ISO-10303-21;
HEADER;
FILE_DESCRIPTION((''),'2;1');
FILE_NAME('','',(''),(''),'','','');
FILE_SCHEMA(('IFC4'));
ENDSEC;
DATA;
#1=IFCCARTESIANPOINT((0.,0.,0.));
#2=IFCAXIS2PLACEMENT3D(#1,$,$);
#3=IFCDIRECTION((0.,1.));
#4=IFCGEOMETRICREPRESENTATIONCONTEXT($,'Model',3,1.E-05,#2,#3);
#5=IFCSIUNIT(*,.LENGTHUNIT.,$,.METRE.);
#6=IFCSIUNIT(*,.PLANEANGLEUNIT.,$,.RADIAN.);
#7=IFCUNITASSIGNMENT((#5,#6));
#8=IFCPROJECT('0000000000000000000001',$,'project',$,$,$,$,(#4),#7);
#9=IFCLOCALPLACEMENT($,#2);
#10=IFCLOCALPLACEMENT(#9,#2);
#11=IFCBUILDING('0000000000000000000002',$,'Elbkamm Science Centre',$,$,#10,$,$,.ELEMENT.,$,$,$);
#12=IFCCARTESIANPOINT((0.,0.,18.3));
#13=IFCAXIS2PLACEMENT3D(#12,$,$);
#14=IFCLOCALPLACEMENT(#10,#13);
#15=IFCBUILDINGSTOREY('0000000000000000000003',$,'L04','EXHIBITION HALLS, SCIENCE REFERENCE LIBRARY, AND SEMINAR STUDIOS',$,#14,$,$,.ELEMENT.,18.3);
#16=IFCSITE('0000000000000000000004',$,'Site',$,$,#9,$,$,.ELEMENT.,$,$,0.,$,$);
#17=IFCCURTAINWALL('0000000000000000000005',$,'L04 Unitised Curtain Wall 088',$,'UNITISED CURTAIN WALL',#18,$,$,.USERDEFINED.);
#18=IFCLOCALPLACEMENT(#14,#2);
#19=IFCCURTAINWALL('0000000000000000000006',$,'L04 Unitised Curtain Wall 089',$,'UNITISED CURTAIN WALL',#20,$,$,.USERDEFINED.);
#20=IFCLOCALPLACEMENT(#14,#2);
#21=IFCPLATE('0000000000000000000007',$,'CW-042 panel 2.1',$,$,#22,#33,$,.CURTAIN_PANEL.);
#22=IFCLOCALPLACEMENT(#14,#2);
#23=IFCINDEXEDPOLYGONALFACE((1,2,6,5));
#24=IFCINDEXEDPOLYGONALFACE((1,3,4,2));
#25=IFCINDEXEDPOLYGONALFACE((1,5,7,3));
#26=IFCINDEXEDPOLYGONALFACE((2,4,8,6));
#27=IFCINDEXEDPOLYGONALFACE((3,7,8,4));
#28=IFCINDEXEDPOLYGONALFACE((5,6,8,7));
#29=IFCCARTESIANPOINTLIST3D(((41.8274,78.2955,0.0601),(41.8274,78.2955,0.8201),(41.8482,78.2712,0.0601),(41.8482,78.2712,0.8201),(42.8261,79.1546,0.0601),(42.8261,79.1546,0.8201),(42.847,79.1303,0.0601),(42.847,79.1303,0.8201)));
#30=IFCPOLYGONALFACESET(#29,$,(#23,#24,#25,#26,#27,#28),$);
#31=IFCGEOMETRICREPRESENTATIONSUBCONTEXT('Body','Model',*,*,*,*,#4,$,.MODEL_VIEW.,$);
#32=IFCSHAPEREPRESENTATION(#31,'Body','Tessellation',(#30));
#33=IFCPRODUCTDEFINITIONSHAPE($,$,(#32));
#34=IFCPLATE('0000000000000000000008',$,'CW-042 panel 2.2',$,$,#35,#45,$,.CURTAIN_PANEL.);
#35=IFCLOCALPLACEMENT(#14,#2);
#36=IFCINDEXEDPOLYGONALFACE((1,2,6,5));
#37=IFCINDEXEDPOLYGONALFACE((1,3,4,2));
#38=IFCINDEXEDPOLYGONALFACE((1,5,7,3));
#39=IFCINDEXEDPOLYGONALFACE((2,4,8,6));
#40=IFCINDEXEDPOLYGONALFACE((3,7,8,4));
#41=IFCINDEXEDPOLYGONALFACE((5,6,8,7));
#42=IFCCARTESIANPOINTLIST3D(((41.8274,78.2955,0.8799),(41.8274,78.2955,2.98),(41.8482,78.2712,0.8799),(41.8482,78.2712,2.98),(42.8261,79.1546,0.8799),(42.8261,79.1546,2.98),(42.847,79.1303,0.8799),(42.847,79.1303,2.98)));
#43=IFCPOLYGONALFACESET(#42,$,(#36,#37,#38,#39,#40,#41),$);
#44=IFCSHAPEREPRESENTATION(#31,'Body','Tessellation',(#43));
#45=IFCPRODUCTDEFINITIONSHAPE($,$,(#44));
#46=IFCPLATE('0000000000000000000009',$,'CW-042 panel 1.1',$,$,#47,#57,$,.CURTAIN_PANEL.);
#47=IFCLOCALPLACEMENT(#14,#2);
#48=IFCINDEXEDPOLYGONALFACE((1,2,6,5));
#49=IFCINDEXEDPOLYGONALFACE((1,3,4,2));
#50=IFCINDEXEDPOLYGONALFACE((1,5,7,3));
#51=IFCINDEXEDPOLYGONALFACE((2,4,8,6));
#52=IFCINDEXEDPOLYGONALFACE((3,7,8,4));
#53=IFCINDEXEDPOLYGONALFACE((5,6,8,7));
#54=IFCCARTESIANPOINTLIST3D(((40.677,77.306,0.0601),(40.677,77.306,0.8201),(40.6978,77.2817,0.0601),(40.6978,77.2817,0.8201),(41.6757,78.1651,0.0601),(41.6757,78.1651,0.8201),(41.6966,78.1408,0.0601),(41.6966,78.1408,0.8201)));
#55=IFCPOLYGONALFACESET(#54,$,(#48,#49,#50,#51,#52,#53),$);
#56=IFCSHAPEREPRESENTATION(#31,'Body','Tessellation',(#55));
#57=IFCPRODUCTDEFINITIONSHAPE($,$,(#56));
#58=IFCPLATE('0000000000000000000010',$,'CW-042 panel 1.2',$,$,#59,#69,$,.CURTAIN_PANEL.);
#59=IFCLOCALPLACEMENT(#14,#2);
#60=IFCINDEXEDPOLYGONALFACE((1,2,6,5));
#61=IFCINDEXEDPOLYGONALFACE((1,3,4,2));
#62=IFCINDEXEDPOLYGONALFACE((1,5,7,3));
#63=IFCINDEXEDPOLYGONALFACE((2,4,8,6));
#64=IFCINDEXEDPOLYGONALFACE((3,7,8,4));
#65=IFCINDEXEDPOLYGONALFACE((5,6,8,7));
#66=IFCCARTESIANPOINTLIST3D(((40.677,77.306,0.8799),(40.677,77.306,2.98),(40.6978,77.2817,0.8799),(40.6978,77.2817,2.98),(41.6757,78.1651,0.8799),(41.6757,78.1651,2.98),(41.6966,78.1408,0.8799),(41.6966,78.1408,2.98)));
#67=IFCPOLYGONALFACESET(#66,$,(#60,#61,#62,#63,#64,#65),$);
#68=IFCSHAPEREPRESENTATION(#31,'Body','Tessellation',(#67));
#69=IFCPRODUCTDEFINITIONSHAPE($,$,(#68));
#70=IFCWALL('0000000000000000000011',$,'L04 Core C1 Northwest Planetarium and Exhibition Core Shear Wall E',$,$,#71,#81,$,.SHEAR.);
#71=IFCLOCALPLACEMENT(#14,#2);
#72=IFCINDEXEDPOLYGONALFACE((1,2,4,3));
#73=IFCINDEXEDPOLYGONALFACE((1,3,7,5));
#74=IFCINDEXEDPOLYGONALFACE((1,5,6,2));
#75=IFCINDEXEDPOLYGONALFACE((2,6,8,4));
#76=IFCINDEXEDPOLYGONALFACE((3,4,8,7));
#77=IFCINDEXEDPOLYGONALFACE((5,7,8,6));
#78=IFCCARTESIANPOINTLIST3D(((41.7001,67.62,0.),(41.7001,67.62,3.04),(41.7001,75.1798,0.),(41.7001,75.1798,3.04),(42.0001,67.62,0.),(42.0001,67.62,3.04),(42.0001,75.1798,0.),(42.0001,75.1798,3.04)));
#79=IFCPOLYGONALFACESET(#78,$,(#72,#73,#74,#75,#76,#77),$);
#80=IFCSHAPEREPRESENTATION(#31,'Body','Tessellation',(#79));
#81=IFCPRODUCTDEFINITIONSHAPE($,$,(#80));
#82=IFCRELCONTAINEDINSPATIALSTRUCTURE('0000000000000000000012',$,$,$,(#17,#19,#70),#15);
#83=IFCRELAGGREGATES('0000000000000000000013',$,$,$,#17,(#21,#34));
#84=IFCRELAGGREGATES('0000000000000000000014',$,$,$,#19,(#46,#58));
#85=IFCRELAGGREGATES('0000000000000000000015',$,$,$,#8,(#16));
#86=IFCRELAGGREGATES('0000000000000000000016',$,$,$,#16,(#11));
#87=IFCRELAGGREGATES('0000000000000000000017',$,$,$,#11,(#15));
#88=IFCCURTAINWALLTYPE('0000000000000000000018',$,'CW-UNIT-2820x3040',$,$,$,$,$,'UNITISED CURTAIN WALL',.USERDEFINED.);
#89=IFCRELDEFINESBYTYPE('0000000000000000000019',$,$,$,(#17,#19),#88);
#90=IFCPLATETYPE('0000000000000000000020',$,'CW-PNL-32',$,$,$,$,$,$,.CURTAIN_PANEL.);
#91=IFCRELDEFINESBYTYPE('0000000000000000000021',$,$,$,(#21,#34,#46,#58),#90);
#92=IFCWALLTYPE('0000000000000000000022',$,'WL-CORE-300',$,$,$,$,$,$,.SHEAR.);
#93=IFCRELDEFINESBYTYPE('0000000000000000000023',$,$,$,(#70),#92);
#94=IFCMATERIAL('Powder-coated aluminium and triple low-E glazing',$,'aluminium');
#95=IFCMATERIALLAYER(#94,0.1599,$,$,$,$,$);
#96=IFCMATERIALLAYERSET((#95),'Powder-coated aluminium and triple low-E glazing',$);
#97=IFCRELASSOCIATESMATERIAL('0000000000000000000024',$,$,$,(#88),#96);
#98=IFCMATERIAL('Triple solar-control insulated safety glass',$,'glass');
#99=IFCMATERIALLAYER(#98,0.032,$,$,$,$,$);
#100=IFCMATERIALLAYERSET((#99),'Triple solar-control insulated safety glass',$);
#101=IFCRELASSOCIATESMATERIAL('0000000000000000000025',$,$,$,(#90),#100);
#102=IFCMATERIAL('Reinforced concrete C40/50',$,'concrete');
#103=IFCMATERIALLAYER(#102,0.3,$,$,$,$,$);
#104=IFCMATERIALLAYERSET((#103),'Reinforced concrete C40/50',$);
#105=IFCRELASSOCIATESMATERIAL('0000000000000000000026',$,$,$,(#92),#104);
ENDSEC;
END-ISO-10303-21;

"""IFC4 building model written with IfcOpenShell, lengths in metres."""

from ifc_helpers import new_model, si_unit, direction, frame, frame_2d, origin, origin_2d, place, context, subcontext, project, spatial, rectangle, extrude, material, layer, layer_set, type_object, element, aggregate, save


model = new_model("IFC4")

# Units and contexts
model_context = context("Model", 3, precision=1e-05, world=origin(), true_north=direction((0.0, 1.0)))
body_context = subcontext(model_context, "Body", "Model", "MODEL_VIEW")
ifc_project = project(units=[si_unit("LENGTHUNIT", "METRE"), si_unit("PLANEANGLEUNIT", "RADIAN")], contexts=[model_context])

# Site, building, storey
site_placement = place(None, origin())
site = spatial("IfcSite", under=ifc_project, at=site_placement, Name="Site", CompositionType="ELEMENT", RefElevation=0.0)
building_placement = place(site_placement, origin())
building = spatial("IfcBuilding", under=site, at=building_placement, Name="Elbkamm Science Centre", CompositionType="ELEMENT")
storey_placement = place(building_placement, frame((0.0, 0.0, 18.3)))
storey = spatial("IfcBuildingStorey", under=building, at=storey_placement, Name="L04", Description="EXHIBITION HALLS, SCIENCE REFERENCE LIBRARY, AND SEMINAR STUDIOS", CompositionType="ELEMENT", Elevation=18.3)

# Curtain walls
ifc_material_1 = material(Name="Powder-coated aluminium and triple low-E glazing", Category="aluminium")
ifc_layer_1 = layer(ifc_material_1, 0.1599)
ifc_layer_set_1 = layer_set([ifc_layer_1], Name="Powder-coated aluminium and triple low-E glazing")
curtain_wall_type = type_object("IfcCurtainWallType", Name="CW-UNIT-2820x3040", ElementType="UNITISED CURTAIN WALL", PredefinedType="USERDEFINED", material=ifc_layer_set_1)
curtain_wall_1_placement = place(storey_placement, origin())
curtain_wall_1 = element("IfcCurtainWall", 1, at=curtain_wall_1_placement, inside=storey, type_object=curtain_wall_type, Name="L04 Unitised Curtain Wall 088", ObjectType="UNITISED CURTAIN WALL", PredefinedType="USERDEFINED")
curtain_wall_2_placement = place(storey_placement, origin())
curtain_wall_2 = element("IfcCurtainWall", 2, at=curtain_wall_2_placement, inside=storey, type_object=curtain_wall_type, Name="L04 Unitised Curtain Wall 089", ObjectType="UNITISED CURTAIN WALL", PredefinedType="USERDEFINED")

# Plates
ifc_material_2 = material(Name="Triple solar-control insulated safety glass", Category="glass")
ifc_layer_2 = layer(ifc_material_2, 0.032)
ifc_layer_set_2 = layer_set([ifc_layer_2], Name="Triple solar-control insulated safety glass")
plate_type = type_object("IfcPlateType", Name="CW-PNL-32", PredefinedType="CURTAIN_PANEL", material=ifc_layer_set_2)
plate_1_placement = place(storey_placement, frame((42.3372, 78.7129, 0.0601), z_axis=(0.0, 0.0, 1.0), x_axis=(-0.758124, -0.65211, 0.0)))
plate_1 = element("IfcPlate", 3, at=plate_1_placement, type_object=plate_type, Name="CW-042 panel 2.1", PredefinedType="CURTAIN_PANEL", context=body_context, shape_type="SweptSolid", body=[
    extrude(rectangle(XDim=1.3174, YDim=0.032, at=origin_2d()), origin(), (0.0, 0.0, 1.0), 0.76),
])
plate_2_placement = place(storey_placement, frame((42.3372, 78.7129, 0.8799), z_axis=(0.0, 0.0, 1.0), x_axis=(-0.758124, -0.65211, 0.0)))
plate_2 = element("IfcPlate", 4, at=plate_2_placement, type_object=plate_type, Name="CW-042 panel 2.2", PredefinedType="CURTAIN_PANEL", context=body_context, shape_type="SweptSolid", body=[
    extrude(rectangle(XDim=1.3174, YDim=0.032, at=origin_2d()), origin(), (0.0, 0.0, 1.0), 2.1001),
])
aggregate(curtain_wall_1, [plate_1, plate_2])
plate_3_placement = place(storey_placement, frame((41.1868, 77.7234, 0.0601), z_axis=(0.0, 0.0, 1.0), x_axis=(-0.758124, -0.65211, 0.0)))
plate_3 = element("IfcPlate", 5, at=plate_3_placement, type_object=plate_type, Name="CW-042 panel 1.1", PredefinedType="CURTAIN_PANEL", context=body_context, shape_type="SweptSolid", body=[
    extrude(rectangle(XDim=1.3174, YDim=0.032, at=origin_2d()), origin(), (0.0, 0.0, 1.0), 0.76),
])
plate_4_placement = place(storey_placement, frame((41.1868, 77.7234, 0.8799), z_axis=(0.0, 0.0, 1.0), x_axis=(-0.758124, -0.65211, 0.0)))
plate_4 = element("IfcPlate", 6, at=plate_4_placement, type_object=plate_type, Name="CW-042 panel 1.2", PredefinedType="CURTAIN_PANEL", context=body_context, shape_type="SweptSolid", body=[
    extrude(rectangle(XDim=1.3174, YDim=0.032, at=origin_2d()), origin(), (0.0, 0.0, 1.0), 2.1001),
])
aggregate(curtain_wall_2, [plate_3, plate_4])

# Wall
ifc_material_3 = material(Name="Reinforced concrete C40/50", Category="concrete")
ifc_layer_3 = layer(ifc_material_3, 0.3)
ifc_layer_set_3 = layer_set([ifc_layer_3], Name="Reinforced concrete C40/50")
wall_type = type_object("IfcWallType", Name="WL-CORE-300", PredefinedType="SHEAR", material=ifc_layer_set_3)
wall_placement = place(storey_placement, frame((41.8501, 67.6201, 0.0), z_axis=(0.0, 0.0, 1.0), x_axis=(0.0, 1.0, 0.0)))
element("IfcWall", 7, at=wall_placement, inside=storey, type_object=wall_type, Name="L04 Core C1 Northwest Planetarium and Exhibition Core Shear Wall E", PredefinedType="SHEAR", context=body_context, shape_type="SweptSolid", body=[
    extrude(rectangle(XDim=7.5598, YDim=0.3, at=frame_2d((3.7798, 0.0))), origin(), (0.0, 0.0, 1.0), 3.04),
])

save(model, "model.ifc")
